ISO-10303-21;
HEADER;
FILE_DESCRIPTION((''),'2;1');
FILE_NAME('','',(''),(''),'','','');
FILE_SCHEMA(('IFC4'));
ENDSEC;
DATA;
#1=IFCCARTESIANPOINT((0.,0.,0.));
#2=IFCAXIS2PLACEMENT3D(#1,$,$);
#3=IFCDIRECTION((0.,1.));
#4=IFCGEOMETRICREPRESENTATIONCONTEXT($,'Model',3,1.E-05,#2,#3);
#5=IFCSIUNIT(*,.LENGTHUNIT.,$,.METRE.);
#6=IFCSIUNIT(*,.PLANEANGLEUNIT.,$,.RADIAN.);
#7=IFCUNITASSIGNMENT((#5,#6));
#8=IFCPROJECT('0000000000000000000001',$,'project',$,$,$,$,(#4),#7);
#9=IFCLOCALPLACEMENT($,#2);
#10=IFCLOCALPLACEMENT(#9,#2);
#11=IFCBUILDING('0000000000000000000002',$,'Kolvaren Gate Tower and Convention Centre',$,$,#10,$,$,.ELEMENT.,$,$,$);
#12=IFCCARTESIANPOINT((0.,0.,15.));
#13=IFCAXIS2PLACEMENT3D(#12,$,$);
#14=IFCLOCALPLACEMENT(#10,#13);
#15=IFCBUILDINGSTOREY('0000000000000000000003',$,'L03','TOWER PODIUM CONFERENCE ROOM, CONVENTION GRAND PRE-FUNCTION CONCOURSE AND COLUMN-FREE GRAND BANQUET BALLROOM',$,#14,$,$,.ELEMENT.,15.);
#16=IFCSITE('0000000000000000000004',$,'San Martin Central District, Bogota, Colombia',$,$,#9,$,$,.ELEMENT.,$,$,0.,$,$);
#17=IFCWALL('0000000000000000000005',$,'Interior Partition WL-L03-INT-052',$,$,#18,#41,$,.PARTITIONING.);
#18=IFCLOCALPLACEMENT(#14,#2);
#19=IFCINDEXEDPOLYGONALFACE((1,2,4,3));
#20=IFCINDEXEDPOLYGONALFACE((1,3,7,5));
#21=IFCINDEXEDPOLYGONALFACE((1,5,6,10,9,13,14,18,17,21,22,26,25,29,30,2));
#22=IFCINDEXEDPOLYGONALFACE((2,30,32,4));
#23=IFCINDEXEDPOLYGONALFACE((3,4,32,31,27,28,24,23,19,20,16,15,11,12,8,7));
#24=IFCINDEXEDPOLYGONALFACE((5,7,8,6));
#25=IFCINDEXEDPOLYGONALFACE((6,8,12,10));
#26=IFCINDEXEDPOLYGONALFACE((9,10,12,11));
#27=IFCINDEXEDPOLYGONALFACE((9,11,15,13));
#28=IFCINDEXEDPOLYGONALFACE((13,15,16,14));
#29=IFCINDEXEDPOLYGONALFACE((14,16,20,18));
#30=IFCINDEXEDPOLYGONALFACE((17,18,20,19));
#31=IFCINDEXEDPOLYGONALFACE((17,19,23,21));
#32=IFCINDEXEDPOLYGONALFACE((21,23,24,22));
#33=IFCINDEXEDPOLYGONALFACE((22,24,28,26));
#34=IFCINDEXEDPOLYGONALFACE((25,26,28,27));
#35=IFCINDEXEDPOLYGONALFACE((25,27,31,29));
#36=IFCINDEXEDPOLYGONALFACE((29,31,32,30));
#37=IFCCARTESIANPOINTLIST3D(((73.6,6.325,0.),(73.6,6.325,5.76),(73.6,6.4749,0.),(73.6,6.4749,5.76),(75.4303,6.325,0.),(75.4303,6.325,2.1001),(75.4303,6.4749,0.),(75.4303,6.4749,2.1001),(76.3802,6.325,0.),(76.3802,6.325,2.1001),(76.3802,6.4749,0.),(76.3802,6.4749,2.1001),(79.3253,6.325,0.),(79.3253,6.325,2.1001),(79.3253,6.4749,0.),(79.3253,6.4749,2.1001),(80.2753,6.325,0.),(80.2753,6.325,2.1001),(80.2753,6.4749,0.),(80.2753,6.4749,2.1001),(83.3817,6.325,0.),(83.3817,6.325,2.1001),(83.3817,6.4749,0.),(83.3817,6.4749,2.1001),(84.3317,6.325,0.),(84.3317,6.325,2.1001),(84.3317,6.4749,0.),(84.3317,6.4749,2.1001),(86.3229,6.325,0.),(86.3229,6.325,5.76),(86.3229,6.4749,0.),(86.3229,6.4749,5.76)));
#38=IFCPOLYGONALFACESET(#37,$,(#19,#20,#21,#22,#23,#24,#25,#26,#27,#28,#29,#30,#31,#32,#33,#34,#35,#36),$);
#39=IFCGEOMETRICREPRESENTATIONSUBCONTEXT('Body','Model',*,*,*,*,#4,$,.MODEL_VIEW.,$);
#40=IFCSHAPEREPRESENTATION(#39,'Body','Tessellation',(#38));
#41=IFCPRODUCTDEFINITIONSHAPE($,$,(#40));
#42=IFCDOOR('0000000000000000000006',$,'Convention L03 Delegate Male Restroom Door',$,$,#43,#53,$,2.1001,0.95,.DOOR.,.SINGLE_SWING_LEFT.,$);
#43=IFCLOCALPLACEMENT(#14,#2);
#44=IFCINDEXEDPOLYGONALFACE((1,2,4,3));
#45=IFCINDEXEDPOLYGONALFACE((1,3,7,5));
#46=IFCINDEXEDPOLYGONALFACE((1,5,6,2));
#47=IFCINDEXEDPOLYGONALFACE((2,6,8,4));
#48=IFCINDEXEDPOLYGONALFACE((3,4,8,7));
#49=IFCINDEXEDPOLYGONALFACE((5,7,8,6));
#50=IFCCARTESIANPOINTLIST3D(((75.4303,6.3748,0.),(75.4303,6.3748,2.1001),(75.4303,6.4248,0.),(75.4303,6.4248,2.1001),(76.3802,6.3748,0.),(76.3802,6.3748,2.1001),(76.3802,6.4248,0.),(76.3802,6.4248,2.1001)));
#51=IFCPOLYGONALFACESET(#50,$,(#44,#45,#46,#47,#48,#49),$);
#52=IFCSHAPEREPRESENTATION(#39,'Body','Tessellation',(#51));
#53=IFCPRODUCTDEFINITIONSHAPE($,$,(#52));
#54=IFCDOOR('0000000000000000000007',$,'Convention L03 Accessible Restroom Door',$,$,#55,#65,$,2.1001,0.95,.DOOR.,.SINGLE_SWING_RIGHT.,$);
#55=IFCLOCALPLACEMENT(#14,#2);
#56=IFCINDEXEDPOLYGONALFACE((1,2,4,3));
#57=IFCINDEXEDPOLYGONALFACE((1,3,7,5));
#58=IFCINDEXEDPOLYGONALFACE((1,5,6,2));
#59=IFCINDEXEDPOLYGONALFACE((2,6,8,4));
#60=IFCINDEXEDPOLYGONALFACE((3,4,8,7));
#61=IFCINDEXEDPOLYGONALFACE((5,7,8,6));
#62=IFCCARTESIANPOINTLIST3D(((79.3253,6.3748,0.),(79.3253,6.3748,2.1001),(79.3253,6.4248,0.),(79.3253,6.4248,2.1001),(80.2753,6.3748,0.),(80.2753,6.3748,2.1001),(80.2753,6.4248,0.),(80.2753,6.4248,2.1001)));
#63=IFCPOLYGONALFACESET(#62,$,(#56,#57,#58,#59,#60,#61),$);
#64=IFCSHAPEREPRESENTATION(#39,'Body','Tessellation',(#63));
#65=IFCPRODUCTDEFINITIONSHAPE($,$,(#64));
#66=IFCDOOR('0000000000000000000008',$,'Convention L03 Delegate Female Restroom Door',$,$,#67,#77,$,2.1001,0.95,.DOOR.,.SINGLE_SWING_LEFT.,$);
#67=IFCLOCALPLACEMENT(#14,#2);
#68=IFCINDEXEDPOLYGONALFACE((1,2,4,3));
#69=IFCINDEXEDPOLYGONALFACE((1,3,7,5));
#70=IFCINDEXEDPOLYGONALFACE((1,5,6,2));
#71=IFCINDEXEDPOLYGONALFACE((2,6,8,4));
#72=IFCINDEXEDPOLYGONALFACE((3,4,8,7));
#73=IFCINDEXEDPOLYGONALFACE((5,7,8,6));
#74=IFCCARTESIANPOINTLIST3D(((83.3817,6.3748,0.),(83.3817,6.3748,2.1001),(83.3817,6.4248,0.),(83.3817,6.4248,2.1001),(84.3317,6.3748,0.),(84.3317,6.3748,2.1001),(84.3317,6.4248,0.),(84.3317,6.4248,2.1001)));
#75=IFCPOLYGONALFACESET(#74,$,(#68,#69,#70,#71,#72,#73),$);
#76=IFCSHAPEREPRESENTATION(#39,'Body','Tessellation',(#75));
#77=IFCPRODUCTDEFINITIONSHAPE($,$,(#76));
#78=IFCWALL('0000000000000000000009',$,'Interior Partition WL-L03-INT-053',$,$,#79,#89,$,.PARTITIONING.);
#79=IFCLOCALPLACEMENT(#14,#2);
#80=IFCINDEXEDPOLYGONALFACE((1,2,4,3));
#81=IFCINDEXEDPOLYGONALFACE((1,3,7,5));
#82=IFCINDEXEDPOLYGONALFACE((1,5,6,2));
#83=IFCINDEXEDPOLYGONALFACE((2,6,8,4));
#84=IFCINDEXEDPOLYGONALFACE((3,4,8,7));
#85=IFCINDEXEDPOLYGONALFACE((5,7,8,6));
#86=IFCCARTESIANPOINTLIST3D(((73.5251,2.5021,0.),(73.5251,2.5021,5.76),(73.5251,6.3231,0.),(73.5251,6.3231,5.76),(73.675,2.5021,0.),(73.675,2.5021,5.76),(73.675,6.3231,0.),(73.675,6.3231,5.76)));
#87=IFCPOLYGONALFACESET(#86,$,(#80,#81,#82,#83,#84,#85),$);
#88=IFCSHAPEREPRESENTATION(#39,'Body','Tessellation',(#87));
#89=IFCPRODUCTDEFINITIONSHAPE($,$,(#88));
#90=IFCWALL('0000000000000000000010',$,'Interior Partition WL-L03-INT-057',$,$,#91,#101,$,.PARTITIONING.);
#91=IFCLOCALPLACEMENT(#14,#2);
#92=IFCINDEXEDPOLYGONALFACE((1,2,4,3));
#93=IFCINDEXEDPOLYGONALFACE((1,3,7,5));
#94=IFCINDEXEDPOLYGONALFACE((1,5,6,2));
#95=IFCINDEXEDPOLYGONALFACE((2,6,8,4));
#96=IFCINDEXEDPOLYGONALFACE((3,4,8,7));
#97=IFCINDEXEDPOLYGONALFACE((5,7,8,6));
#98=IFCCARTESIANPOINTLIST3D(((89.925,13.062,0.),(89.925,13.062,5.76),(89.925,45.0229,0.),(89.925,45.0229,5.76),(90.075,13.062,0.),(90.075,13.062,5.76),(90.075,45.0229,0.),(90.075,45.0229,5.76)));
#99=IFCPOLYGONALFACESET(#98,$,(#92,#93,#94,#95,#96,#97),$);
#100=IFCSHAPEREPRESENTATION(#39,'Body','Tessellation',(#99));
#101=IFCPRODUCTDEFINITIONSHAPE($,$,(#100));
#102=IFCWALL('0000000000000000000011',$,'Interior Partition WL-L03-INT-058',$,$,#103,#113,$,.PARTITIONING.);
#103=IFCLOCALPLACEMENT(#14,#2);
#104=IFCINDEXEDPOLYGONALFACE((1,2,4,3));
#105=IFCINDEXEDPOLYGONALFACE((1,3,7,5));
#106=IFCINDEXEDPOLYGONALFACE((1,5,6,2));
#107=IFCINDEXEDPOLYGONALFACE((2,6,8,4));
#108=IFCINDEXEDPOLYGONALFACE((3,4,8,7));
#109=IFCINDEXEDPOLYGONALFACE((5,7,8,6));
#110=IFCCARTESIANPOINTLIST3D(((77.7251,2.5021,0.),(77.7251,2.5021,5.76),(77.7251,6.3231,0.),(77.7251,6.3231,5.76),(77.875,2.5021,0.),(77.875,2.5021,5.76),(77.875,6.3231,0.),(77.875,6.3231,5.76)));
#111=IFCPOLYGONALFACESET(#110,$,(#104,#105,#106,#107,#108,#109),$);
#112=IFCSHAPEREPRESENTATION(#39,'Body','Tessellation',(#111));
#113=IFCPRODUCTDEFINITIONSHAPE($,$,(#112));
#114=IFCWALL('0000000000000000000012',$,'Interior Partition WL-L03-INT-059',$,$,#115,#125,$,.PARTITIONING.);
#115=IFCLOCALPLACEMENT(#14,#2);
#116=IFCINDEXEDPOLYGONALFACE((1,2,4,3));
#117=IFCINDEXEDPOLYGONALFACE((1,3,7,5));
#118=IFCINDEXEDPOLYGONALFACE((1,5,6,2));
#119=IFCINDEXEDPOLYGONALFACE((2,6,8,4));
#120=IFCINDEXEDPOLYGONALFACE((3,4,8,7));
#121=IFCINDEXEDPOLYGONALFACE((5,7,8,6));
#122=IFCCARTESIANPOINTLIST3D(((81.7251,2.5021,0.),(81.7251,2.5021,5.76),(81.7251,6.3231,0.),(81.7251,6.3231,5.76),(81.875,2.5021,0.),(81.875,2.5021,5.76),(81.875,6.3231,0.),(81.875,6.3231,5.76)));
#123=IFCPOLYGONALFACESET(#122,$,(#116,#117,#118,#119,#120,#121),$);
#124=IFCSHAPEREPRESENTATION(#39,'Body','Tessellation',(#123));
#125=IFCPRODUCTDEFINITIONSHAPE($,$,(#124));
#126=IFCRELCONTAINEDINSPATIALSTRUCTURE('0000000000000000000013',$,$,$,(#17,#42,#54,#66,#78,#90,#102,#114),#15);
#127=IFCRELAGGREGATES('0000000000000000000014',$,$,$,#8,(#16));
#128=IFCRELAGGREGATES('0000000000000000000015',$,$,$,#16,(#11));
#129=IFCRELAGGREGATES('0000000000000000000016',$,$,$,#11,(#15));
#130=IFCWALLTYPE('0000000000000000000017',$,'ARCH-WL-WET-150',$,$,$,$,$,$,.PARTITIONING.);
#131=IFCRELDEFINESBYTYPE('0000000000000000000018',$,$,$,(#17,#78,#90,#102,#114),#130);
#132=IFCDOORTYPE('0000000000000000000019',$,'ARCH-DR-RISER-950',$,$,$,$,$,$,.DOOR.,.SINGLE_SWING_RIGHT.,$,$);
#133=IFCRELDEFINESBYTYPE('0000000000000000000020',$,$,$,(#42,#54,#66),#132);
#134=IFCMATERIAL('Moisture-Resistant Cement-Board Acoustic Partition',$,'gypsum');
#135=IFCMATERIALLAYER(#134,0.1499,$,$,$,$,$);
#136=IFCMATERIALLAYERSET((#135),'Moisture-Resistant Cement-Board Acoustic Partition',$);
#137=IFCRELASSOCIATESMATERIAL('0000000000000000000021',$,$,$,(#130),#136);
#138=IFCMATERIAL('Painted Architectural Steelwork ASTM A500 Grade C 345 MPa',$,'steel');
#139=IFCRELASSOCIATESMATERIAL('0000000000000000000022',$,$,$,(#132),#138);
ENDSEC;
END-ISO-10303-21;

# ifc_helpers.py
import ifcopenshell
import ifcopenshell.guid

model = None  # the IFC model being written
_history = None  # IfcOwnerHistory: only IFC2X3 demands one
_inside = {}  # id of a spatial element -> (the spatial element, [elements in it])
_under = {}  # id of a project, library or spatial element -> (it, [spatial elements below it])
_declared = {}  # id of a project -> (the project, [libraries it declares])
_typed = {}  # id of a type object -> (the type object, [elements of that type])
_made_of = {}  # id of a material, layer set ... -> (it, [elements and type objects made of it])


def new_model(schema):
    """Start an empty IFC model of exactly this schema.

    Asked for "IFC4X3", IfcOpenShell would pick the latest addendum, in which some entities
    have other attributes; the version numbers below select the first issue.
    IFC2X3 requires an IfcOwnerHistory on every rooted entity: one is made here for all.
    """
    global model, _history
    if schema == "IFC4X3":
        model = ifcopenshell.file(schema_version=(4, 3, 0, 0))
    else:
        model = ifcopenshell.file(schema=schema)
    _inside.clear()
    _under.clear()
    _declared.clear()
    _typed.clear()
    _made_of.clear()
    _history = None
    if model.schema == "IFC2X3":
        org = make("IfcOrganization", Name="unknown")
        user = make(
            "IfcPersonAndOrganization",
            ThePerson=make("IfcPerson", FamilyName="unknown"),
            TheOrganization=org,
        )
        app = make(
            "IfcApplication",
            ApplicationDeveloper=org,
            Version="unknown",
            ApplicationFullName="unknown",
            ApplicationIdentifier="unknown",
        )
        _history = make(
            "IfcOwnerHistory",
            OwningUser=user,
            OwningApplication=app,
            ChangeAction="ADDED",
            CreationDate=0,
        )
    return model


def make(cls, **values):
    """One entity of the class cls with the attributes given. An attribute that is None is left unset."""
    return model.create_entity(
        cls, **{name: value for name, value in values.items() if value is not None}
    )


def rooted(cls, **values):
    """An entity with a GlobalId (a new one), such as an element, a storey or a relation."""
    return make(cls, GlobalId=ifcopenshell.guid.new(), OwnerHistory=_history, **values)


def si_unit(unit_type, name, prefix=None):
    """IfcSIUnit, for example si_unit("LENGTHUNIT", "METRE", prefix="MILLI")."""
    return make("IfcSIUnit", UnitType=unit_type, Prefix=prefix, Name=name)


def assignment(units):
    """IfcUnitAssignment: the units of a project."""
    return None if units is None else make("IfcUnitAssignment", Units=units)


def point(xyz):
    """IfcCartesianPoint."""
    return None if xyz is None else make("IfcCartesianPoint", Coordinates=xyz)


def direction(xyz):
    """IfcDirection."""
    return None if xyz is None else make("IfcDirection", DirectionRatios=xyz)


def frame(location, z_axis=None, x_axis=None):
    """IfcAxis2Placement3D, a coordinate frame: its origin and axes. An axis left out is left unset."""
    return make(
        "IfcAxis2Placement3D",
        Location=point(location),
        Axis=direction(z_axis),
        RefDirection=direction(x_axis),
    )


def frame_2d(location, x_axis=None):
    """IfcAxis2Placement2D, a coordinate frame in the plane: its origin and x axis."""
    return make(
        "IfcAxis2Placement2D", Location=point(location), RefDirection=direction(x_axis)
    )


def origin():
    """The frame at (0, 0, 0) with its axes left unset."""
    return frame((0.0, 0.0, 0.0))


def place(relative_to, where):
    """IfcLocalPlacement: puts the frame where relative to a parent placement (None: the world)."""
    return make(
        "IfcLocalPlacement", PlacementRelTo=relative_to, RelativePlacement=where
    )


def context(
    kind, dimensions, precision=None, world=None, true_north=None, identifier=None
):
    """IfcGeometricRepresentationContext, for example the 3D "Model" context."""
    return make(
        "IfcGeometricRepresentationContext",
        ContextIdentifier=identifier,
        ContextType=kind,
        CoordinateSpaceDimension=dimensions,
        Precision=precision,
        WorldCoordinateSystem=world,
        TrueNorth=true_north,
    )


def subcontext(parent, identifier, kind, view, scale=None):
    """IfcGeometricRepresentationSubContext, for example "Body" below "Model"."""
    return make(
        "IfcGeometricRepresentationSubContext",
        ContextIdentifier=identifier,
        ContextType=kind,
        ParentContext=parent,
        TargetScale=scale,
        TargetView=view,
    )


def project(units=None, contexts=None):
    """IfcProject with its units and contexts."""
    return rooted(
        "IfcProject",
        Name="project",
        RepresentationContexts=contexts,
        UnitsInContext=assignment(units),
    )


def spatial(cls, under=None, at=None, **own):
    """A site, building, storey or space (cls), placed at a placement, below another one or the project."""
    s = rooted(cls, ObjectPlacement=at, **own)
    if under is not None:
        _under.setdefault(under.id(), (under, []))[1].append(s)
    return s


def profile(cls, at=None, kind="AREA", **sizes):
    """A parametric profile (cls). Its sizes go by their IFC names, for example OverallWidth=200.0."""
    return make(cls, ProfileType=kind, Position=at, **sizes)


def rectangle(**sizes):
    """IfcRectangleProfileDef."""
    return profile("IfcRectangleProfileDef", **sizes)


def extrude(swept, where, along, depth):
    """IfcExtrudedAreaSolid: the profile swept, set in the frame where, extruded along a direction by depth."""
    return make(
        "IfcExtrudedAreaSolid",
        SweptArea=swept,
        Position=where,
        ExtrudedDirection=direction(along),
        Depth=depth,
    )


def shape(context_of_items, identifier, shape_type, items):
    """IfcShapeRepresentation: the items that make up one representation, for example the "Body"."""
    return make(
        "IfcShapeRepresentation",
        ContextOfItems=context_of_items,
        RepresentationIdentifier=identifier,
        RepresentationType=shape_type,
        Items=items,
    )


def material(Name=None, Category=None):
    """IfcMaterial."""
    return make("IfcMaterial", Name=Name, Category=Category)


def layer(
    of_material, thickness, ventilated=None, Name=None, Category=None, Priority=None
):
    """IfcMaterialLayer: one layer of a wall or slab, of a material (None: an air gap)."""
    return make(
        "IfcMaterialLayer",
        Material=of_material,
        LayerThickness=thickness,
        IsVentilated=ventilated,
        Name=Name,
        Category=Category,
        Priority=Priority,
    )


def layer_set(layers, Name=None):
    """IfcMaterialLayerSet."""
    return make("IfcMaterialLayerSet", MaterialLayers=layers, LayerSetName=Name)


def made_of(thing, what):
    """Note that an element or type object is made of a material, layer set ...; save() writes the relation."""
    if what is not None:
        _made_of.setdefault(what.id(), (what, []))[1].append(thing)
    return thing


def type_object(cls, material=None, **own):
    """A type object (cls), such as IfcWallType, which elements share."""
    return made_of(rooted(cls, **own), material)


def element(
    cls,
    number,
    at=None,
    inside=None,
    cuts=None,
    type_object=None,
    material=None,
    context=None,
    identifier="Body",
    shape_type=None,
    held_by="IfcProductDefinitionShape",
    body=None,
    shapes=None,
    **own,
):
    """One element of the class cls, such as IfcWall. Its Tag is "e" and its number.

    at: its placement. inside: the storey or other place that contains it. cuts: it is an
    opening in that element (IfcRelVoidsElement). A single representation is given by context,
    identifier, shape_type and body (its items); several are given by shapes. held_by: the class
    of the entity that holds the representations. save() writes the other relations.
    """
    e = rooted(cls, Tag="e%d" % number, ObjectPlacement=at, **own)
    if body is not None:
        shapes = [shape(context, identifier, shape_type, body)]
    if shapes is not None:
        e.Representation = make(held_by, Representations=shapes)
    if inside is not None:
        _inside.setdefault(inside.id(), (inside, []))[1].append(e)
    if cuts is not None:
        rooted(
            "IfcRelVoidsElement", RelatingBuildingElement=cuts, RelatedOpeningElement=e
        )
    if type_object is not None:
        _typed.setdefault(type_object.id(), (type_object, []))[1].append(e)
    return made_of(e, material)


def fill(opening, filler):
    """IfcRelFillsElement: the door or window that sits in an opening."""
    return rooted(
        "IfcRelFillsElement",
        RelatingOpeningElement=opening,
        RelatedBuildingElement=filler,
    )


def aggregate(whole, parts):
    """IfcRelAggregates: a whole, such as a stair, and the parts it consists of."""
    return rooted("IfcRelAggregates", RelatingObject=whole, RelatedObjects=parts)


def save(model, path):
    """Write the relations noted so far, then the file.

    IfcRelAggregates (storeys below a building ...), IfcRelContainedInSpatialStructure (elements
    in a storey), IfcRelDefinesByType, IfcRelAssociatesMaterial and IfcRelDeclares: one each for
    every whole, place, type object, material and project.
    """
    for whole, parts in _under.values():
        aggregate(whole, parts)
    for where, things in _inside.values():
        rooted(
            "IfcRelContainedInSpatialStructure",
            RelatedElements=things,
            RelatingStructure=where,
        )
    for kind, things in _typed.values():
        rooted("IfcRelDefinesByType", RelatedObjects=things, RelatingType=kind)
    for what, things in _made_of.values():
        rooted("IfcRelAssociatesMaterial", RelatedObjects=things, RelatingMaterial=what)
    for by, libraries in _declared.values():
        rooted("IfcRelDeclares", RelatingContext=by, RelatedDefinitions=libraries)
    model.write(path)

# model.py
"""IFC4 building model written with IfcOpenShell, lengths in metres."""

from ifc_helpers import new_model, si_unit, direction, frame, frame_2d, origin, place, context, subcontext, project, spatial, rectangle, extrude, material, layer, layer_set, type_object, element, fill, save


model = new_model("IFC4")

# Units and contexts
model_context = context("Model", 3, precision=1e-05, world=origin(), true_north=direction((0.0, 1.0)))
body_context = subcontext(model_context, "Body", "Model", "MODEL_VIEW")
ifc_project = project(units=[si_unit("LENGTHUNIT", "METRE"), si_unit("PLANEANGLEUNIT", "RADIAN")], contexts=[model_context])

# Site, building, storey
site_placement = place(None, origin())
site = spatial("IfcSite", under=ifc_project, at=site_placement, Name="San Martin Central District, Bogota, Colombia", CompositionType="ELEMENT", RefElevation=0.0)
building_placement = place(site_placement, origin())
building = spatial("IfcBuilding", under=site, at=building_placement, Name="Kolvaren Gate Tower and Convention Centre", CompositionType="ELEMENT")
storey_placement = place(building_placement, frame((0.0, 0.0, 15.0)))
storey = spatial("IfcBuildingStorey", under=building, at=storey_placement, Name="L03", Description="TOWER PODIUM CONFERENCE ROOM, CONVENTION GRAND PRE-FUNCTION CONCOURSE AND COLUMN-FREE GRAND BANQUET BALLROOM", CompositionType="ELEMENT", Elevation=15.0)

# Shared definitions
ifc_material_1 = material(Name="Moisture-Resistant Cement-Board Acoustic Partition", Category="gypsum")
ifc_layer = layer(ifc_material_1, 0.1499)
ifc_layer_set = layer_set([ifc_layer], Name="Moisture-Resistant Cement-Board Acoustic Partition")
wall_type = type_object("IfcWallType", Name="ARCH-WL-WET-150", PredefinedType="PARTITIONING", material=ifc_layer_set)

# Wall, openings, doors
wall_1_placement = place(storey_placement, frame((73.6001, 6.3999, 0.0), z_axis=(0.0, 0.0, 1.0), x_axis=(1.0, 0.0, 0.0)))
wall_1 = element("IfcWall", 1, at=wall_1_placement, inside=storey, type_object=wall_type, Name="Interior Partition WL-L03-INT-052", PredefinedType="PARTITIONING", context=body_context, shape_type="SweptSolid", body=[
    extrude(rectangle(XDim=12.7229, YDim=0.1499, at=frame_2d((6.3613, 0.0))), origin(), (0.0, 0.0, 1.0), 5.76),
])
opening_1_placement = place(wall_1_placement, frame((1.8301, 0.0, 0.0)))
opening_1 = element("IfcOpeningElement", 2, at=opening_1_placement, cuts=wall_1, PredefinedType="OPENING", context=body_context, shape_type="SweptSolid", body=[
    extrude(rectangle(XDim=0.95, YDim=2.1001, at=frame_2d((0.4751, 1.05))), frame((0.0, 0.085, 0.0), z_axis=(0.0, -1.0, 0.0), x_axis=(1.0, 0.0, 0.0)), (0.0, 0.0, 1.0), 0.1699),
])
opening_2_placement = place(wall_1_placement, frame((5.7251, 0.0, 0.0)))
opening_2 = element("IfcOpeningElement", 3, at=opening_2_placement, cuts=wall_1, PredefinedType="OPENING", context=body_context, shape_type="SweptSolid", body=[
    extrude(rectangle(XDim=0.95, YDim=2.1001, at=frame_2d((0.4751, 1.05))), frame((0.0, 0.085, 0.0), z_axis=(0.0, -1.0, 0.0), x_axis=(1.0, 0.0, 0.0)), (0.0, 0.0, 1.0), 0.1699),
])
opening_3_placement = place(wall_1_placement, frame((9.7815, 0.0, 0.0)))
opening_3 = element("IfcOpeningElement", 4, at=opening_3_placement, cuts=wall_1, PredefinedType="OPENING", context=body_context, shape_type="SweptSolid", body=[
    extrude(rectangle(XDim=0.95, YDim=2.1001, at=frame_2d((0.4751, 1.05))), frame((0.0, 0.085, 0.0), z_axis=(0.0, -1.0, 0.0), x_axis=(1.0, 0.0, 0.0)), (0.0, 0.0, 1.0), 0.1699),
])
ifc_material_2 = material(Name="Painted Architectural Steelwork ASTM A500 Grade C 345 MPa", Category="steel")
door_type = type_object("IfcDoorType", Name="ARCH-DR-RISER-950", OperationType="SINGLE_SWING_RIGHT", PredefinedType="DOOR", material=ifc_material_2)
door_1_placement = place(opening_1_placement, origin())
door_1 = element("IfcDoor", 5, at=door_1_placement, inside=storey, type_object=door_type, Name="Convention L03 Delegate Male Restroom Door", OperationType="SINGLE_SWING_LEFT", OverallHeight=2.1001, OverallWidth=0.95, PredefinedType="DOOR", context=body_context, shape_type="SweptSolid", body=[
    extrude(rectangle(XDim=0.95, YDim=2.1001, at=frame_2d((0.4751, 1.05))), frame((0.0, 0.0249, 0.0), z_axis=(0.0, -1.0, 0.0), x_axis=(1.0, 0.0, 0.0)), (0.0, 0.0, 1.0), 0.05),
])
fill(opening_1, door_1)
door_2_placement = place(opening_2_placement, origin())
door_2 = element("IfcDoor", 6, at=door_2_placement, inside=storey, type_object=door_type, Name="Convention L03 Accessible Restroom Door", OperationType="SINGLE_SWING_RIGHT", OverallHeight=2.1001, OverallWidth=0.95, PredefinedType="DOOR", context=body_context, shape_type="SweptSolid", body=[
    extrude(rectangle(XDim=0.95, YDim=2.1001, at=frame_2d((0.4751, 1.05))), frame((0.0, 0.0249, 0.0), z_axis=(0.0, -1.0, 0.0), x_axis=(1.0, 0.0, 0.0)), (0.0, 0.0, 1.0), 0.05),
])
fill(opening_2, door_2)
door_3_placement = place(opening_3_placement, origin())
door_3 = element("IfcDoor", 7, at=door_3_placement, inside=storey, type_object=door_type, Name="Convention L03 Delegate Female Restroom Door", OperationType="SINGLE_SWING_LEFT", OverallHeight=2.1001, OverallWidth=0.95, PredefinedType="DOOR", context=body_context, shape_type="SweptSolid", body=[
    extrude(rectangle(XDim=0.95, YDim=2.1001, at=frame_2d((0.4751, 1.05))), frame((0.0, 0.0249, 0.0), z_axis=(0.0, -1.0, 0.0), x_axis=(1.0, 0.0, 0.0)), (0.0, 0.0, 1.0), 0.05),
])
fill(opening_3, door_3)

# Walls
wall_2_placement = place(storey_placement, frame((73.6001, 2.502, 0.0), z_axis=(0.0, 0.0, 1.0), x_axis=(0.0, 1.0, 0.0)))
element("IfcWall", 8, at=wall_2_placement, inside=storey, type_object=wall_type, Name="Interior Partition WL-L03-INT-053", PredefinedType="PARTITIONING", context=body_context, shape_type="SweptSolid", body=[
    extrude(rectangle(XDim=3.821, YDim=0.1499, at=frame_2d((1.9106, 0.0))), origin(), (0.0, 0.0, 1.0), 5.76),
])
wall_3_placement = place(storey_placement, frame((90.0, 13.062, 0.0), z_axis=(0.0, 0.0, 1.0), x_axis=(0.0, 1.0, 0.0)))
element("IfcWall", 9, at=wall_3_placement, inside=storey, type_object=wall_type, Name="Interior Partition WL-L03-INT-057", PredefinedType="PARTITIONING", context=body_context, shape_type="SweptSolid", body=[
    extrude(rectangle(XDim=31.9609, YDim=0.1499, at=frame_2d((15.9805, 0.0))), origin(), (0.0, 0.0, 1.0), 5.76),
])
for number, where, z_axis, x_axis, name in (
    (10, (77.8, 2.502, 0.0), (0.0, 0.0, 1.0), (0.0, 1.0, 0.0), "Interior Partition WL-L03-INT-058"),
    (11, (81.8, 2.502, 0.0), (0.0, 0.0, 1.0), (0.0, 1.0, 0.0), "Interior Partition WL-L03-INT-059"),
):
    element("IfcWall", number, at=place(storey_placement, frame(where, z_axis=z_axis, x_axis=x_axis)), inside=storey, type_object=wall_type, Name=name, PredefinedType="PARTITIONING", context=body_context, shape_type="SweptSolid", body=[
        extrude(rectangle(XDim=3.821, YDim=0.1499, at=frame_2d((1.9106, 0.0))), origin(), (0.0, 0.0, 1.0), 5.76),
    ])

save(model, "model.ifc")
